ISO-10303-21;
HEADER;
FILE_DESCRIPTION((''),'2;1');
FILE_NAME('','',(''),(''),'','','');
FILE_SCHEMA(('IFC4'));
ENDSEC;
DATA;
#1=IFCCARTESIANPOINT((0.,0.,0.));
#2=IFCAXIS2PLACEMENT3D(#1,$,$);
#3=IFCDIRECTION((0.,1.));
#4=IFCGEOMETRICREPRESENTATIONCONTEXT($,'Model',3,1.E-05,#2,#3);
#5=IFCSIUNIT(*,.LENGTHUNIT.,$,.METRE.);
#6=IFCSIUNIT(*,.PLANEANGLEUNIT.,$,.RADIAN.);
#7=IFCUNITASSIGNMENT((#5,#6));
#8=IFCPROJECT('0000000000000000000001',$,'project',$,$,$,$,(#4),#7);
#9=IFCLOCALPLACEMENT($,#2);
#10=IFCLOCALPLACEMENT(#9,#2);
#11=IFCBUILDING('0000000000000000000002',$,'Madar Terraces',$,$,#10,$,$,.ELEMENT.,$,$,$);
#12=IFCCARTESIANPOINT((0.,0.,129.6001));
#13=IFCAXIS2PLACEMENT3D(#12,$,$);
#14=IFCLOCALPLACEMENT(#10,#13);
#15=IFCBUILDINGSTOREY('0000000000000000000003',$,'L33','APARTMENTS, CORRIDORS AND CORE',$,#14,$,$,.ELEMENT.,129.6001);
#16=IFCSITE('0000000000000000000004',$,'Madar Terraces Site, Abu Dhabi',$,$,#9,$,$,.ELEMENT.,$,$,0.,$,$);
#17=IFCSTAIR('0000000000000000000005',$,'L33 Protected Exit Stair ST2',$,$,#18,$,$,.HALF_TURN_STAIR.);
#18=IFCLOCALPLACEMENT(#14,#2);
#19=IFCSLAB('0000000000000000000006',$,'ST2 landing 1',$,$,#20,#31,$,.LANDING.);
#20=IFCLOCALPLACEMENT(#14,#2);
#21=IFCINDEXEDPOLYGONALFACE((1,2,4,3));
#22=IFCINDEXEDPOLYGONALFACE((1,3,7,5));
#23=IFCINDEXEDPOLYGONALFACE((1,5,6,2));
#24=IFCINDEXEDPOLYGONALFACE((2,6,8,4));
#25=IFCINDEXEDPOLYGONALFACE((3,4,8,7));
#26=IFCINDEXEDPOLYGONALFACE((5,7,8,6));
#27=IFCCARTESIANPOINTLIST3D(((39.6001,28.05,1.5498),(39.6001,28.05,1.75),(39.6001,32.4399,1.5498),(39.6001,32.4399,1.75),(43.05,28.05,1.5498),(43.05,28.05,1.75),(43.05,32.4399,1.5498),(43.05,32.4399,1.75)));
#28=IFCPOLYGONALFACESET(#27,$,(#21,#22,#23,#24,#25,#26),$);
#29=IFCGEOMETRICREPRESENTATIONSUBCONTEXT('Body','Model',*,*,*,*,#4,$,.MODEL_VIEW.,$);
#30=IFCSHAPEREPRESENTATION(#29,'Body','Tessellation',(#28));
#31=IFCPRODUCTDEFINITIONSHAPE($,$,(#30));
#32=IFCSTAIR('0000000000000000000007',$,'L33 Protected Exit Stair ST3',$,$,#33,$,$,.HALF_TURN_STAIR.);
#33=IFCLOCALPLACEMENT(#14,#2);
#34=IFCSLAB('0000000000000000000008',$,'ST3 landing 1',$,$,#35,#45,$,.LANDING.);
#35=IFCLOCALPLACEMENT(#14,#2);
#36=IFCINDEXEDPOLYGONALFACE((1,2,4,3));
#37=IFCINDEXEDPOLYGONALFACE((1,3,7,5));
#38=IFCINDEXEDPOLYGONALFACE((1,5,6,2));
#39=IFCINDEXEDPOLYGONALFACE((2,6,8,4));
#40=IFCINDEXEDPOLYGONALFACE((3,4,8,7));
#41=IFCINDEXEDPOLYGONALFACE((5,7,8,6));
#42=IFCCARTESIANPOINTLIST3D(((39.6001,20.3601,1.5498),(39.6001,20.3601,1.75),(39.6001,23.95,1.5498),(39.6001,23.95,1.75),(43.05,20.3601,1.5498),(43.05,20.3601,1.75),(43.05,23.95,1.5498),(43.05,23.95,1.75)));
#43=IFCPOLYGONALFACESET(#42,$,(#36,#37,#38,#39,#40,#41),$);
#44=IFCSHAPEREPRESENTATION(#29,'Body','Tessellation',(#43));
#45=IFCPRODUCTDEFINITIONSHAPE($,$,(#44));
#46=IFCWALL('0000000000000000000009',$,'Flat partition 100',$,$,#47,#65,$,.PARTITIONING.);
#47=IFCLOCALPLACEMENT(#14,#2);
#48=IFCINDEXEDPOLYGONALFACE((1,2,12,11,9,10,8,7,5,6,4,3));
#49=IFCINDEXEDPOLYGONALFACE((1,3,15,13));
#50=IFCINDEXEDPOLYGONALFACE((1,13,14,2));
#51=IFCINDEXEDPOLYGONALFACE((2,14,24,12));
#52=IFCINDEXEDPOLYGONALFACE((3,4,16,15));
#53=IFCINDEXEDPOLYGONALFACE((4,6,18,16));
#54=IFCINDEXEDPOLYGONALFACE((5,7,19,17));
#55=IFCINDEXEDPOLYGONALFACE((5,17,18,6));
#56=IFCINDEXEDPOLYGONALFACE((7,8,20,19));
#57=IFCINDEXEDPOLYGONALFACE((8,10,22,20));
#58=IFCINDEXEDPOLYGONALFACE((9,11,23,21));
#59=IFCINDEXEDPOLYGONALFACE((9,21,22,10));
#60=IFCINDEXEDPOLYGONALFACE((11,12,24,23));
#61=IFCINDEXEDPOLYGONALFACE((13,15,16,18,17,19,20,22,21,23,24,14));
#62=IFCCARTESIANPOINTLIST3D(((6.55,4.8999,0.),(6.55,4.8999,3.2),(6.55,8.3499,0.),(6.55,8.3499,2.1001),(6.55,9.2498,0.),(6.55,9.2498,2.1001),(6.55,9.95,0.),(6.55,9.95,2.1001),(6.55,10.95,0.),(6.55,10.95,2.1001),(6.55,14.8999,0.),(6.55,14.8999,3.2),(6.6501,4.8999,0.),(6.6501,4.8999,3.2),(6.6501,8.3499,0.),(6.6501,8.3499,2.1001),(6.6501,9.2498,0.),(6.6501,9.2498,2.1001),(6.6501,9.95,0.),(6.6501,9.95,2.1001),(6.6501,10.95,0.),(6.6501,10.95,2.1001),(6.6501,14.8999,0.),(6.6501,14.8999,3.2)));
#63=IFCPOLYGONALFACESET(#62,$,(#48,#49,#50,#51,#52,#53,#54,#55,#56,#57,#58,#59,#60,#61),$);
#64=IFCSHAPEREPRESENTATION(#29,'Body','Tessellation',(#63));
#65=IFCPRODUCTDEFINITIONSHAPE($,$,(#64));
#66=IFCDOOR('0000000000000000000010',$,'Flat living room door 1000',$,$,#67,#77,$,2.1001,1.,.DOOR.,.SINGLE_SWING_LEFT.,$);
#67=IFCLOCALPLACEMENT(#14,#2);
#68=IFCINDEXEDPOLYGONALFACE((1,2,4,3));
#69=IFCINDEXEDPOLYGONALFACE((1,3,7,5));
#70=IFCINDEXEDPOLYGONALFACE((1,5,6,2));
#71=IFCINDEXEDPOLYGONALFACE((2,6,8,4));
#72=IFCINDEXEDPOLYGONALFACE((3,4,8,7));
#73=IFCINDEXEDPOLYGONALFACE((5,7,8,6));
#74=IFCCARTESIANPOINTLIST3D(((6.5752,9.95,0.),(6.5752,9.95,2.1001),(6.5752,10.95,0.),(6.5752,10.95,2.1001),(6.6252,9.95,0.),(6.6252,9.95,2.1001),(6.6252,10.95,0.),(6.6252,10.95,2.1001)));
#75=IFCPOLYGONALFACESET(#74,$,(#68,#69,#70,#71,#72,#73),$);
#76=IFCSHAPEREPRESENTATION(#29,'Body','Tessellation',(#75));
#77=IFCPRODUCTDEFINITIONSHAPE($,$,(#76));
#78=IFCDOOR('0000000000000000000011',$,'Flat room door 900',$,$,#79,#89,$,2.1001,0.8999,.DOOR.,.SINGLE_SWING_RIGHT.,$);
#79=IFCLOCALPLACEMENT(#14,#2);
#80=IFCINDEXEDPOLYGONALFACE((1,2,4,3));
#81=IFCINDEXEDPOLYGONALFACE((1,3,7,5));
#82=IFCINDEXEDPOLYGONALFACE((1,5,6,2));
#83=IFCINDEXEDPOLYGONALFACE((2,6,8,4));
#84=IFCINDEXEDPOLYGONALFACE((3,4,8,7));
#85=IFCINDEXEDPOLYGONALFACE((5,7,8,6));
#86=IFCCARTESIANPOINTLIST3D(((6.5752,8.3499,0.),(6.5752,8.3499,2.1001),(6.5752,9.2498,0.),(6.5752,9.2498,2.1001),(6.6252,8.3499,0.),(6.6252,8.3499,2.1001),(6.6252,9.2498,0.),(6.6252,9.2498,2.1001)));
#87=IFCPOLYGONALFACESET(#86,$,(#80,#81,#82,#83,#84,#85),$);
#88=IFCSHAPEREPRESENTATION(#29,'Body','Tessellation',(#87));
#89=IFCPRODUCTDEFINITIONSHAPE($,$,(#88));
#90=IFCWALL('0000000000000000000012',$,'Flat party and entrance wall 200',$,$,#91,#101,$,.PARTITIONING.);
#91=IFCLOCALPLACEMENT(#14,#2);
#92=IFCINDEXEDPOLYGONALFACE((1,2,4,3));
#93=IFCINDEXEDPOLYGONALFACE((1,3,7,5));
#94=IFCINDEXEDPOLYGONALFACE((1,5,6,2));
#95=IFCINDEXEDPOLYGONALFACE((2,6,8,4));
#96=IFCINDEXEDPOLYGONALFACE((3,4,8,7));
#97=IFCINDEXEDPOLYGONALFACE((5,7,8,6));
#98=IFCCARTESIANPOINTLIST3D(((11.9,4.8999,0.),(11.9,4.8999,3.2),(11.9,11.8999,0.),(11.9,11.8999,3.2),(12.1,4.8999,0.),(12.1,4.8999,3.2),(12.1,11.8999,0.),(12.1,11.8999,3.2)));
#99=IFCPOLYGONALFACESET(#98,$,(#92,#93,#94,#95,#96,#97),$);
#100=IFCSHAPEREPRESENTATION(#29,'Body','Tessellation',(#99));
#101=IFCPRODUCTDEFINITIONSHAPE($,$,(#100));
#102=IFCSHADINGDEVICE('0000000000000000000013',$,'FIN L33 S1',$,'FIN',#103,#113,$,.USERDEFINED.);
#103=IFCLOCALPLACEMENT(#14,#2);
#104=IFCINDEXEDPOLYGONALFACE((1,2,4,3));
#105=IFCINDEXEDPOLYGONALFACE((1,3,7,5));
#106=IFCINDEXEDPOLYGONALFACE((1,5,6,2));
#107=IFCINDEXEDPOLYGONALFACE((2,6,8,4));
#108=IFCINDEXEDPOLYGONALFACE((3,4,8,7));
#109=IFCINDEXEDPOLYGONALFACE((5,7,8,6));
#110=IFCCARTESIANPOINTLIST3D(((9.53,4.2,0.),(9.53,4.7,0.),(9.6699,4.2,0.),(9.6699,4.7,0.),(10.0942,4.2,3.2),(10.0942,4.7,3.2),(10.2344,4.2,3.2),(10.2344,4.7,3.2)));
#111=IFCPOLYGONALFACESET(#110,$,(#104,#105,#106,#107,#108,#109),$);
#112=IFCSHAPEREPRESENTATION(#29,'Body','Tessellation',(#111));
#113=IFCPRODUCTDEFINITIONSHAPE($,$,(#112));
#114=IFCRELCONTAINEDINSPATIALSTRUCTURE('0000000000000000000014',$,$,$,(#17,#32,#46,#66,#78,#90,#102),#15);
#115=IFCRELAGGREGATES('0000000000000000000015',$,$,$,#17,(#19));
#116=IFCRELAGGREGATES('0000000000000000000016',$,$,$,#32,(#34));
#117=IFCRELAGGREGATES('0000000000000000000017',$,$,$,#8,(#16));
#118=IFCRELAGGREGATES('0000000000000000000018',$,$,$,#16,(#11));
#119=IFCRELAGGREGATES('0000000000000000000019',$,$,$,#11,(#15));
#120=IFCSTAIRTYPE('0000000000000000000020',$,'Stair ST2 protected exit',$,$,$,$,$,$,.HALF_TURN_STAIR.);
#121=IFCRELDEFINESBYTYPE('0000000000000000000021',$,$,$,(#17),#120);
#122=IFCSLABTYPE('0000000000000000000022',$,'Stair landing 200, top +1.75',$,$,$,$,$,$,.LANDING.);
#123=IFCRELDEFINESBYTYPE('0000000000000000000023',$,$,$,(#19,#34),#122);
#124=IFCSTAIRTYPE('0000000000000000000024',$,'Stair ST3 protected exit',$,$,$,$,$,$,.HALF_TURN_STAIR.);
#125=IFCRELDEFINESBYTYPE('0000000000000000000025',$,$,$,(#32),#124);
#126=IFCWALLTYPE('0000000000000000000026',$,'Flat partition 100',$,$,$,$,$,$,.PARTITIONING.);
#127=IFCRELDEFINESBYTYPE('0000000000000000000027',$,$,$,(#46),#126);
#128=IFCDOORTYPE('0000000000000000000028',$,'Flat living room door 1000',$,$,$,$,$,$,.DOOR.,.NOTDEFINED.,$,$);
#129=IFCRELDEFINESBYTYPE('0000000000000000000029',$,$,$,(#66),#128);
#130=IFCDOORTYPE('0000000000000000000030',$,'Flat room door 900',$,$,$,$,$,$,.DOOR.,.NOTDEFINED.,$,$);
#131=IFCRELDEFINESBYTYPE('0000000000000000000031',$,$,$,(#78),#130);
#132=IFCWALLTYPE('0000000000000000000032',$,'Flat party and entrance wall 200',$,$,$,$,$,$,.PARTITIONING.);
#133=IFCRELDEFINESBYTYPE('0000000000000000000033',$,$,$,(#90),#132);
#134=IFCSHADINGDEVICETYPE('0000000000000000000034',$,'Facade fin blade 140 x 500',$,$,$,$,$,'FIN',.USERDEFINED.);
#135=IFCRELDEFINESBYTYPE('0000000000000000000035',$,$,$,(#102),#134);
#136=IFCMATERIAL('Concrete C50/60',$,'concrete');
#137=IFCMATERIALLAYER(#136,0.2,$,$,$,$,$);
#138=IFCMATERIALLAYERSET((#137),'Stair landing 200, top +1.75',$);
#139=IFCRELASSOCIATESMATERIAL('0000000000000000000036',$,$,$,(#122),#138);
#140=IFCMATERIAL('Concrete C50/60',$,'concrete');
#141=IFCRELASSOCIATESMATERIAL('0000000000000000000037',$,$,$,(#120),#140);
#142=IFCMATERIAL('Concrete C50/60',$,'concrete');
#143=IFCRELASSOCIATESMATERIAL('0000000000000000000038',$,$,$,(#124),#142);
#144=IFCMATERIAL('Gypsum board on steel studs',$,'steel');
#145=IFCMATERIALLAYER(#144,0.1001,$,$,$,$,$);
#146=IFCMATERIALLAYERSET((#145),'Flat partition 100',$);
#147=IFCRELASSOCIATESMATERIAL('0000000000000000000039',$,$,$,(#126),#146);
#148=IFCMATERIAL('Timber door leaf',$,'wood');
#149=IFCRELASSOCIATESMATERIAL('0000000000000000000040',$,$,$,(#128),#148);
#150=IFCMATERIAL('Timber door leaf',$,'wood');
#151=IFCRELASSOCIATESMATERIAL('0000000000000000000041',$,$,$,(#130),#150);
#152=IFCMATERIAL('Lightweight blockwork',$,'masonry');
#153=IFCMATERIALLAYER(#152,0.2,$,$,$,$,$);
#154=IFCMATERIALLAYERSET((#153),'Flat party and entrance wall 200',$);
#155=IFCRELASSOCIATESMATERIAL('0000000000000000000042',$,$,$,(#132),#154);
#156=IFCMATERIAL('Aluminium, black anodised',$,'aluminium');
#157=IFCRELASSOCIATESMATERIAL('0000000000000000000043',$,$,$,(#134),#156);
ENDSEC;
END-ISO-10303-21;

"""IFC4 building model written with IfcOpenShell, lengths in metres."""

from ifc_helpers import new_model, si_unit, direction, frame, frame_2d, origin, place, context, subcontext, project, spatial, polyline, rectangle, outline, extrude, material, layer, layer_set, type_object, element, fill, aggregate, save


model = new_model("IFC4")

# Units and contexts
model_context = context("Model", 3, precision=1e-05, world=origin(), true_north=direction((0.0, 1.0)))
body_context = subcontext(model_context, "Body", "Model", "MODEL_VIEW")
ifc_project = project(units=[si_unit("LENGTHUNIT", "METRE"), si_unit("PLANEANGLEUNIT", "RADIAN")], contexts=[model_context])

# Site, building, storey
site_placement = place(None, origin())
site = spatial("IfcSite", under=ifc_project, at=site_placement, Name="Madar Terraces Site, Abu Dhabi", CompositionType="ELEMENT", RefElevation=0.0)
building_placement = place(site_placement, origin())
building = spatial("IfcBuilding", under=site, at=building_placement, Name="Madar Terraces", CompositionType="ELEMENT")
storey_placement = place(building_placement, frame((0.0, 0.0, 129.6001)))
storey = spatial("IfcBuildingStorey", under=building, at=storey_placement, Name="L33", Description="APARTMENTS, CORRIDORS AND CORE", CompositionType="ELEMENT", Elevation=129.6001)

# Stairs, slabs
ifc_material_1 = material(Name="Concrete C50/60", Category="concrete")
ifc_layer_1 = layer(ifc_material_1, 0.2)
ifc_layer_set_1 = layer_set([ifc_layer_1], Name="Stair landing 200, top +1.75")
slab_type_1 = type_object("IfcSlabType", Name="Stair landing 200, top +1.75", PredefinedType="LANDING", material=ifc_layer_set_1)
ifc_material_2 = material(Name="Concrete C50/60", Category="concrete")
stair_type_1 = type_object("IfcStairType", Name="Stair ST2 protected exit", PredefinedType="HALF_TURN_STAIR", material=ifc_material_2)
stair_1_placement = place(storey_placement, origin())
stair_1 = element("IfcStair", 1, at=stair_1_placement, inside=storey, type_object=stair_type_1, Name="L33 Protected Exit Stair ST2", PredefinedType="HALF_TURN_STAIR")
slab_1_placement = place(storey_placement, frame((0.0, 0.0, 1.5498)))
slab_1 = element("IfcSlab", 2, at=slab_1_placement, type_object=slab_type_1, Name="ST2 landing 1", PredefinedType="LANDING", context=body_context, shape_type="SweptSolid", body=[
    extrude(outline(polyline([(39.6001, 28.05), (43.05, 28.05), (43.05, 32.4399), (39.6001, 32.4399), (39.6001, 28.05)])), origin(), (0.0, 0.0, 1.0), 0.2002),
])
aggregate(stair_1, [slab_1])
ifc_material_3 = material(Name="Concrete C50/60", Category="concrete")
stair_type_2 = type_object("IfcStairType", Name="Stair ST3 protected exit", PredefinedType="HALF_TURN_STAIR", material=ifc_material_3)
stair_2_placement = place(storey_placement, origin())
stair_2 = element("IfcStair", 3, at=stair_2_placement, inside=storey, type_object=stair_type_2, Name="L33 Protected Exit Stair ST3", PredefinedType="HALF_TURN_STAIR")
slab_2_placement = place(storey_placement, frame((0.0, 0.0, 1.5498)))
slab_2 = element("IfcSlab", 4, at=slab_2_placement, type_object=slab_type_1, Name="ST3 landing 1", PredefinedType="LANDING", context=body_context, shape_type="SweptSolid", body=[
    extrude(outline(polyline([(39.6001, 20.3601), (43.05, 20.3601), (43.05, 23.95), (39.6001, 23.95), (39.6001, 20.3601)])), origin(), (0.0, 0.0, 1.0), 0.2002),
])
aggregate(stair_2, [slab_2])

# Wall, openings, doors
ifc_material_4 = material(Name="Gypsum board on steel studs", Category="steel")
ifc_layer_2 = layer(ifc_material_4, 0.1001)
ifc_layer_set_2 = layer_set([ifc_layer_2], Name="Flat partition 100")
wall_type_1 = type_object("IfcWallType", Name="Flat partition 100", PredefinedType="PARTITIONING", material=ifc_layer_set_2)
wall_1_placement = place(storey_placement, frame((6.6001, 4.8999, 0.0), z_axis=(0.0, 0.0, 1.0), x_axis=(0.0, 1.0, 0.0)))
wall_1 = element("IfcWall", 5, at=wall_1_placement, inside=storey, type_object=wall_type_1, Name="Flat partition 100", PredefinedType="PARTITIONING", context=body_context, shape_type="SweptSolid", body=[
    extrude(rectangle(XDim=10.0, YDim=0.1001, at=frame_2d((5.0, 0.0))), origin(), (0.0, 0.0, 1.0), 3.2),
])
opening_1_placement = place(wall_1_placement, frame((5.05, 0.0, 0.0)))
opening_1 = element("IfcOpeningElement", 6, at=opening_1_placement, cuts=wall_1, PredefinedType="OPENING", context=body_context, shape_type="SweptSolid", body=[
    extrude(rectangle(XDim=1.0, YDim=2.1001, at=frame_2d((0.5, 1.05))), frame((0.0, 0.0601, 0.0), z_axis=(0.0, -1.0, 0.0), x_axis=(1.0, 0.0, 0.0)), (0.0, 0.0, 1.0), 0.1201),
])
opening_2_placement = place(wall_1_placement, frame((3.45, 0.0, 0.0)))
opening_2 = element("IfcOpeningElement", 7, at=opening_2_placement, cuts=wall_1, PredefinedType="OPENING", context=body_context, shape_type="SweptSolid", body=[
    extrude(rectangle(XDim=0.8999, YDim=2.1001, at=frame_2d((0.45, 1.05))), frame((0.0, 0.0601, 0.0), z_axis=(0.0, -1.0, 0.0), x_axis=(1.0, 0.0, 0.0)), (0.0, 0.0, 1.0), 0.1201),
])
ifc_material_5 = material(Name="Timber door leaf", Category="wood")
door_type_1 = type_object("IfcDoorType", Name="Flat living room door 1000", OperationType="NOTDEFINED", PredefinedType="DOOR", material=ifc_material_5)
door_1_placement = place(opening_1_placement, origin())
door_1 = element("IfcDoor", 8, at=door_1_placement, inside=storey, type_object=door_type_1, Name="Flat living room door 1000", OperationType="SINGLE_SWING_LEFT", OverallHeight=2.1001, OverallWidth=1.0, PredefinedType="DOOR", context=body_context, shape_type="SweptSolid", body=[
    extrude(rectangle(XDim=1.0, YDim=2.1001, at=frame_2d((0.5, 1.05))), frame((0.0, 0.0249, 0.0), z_axis=(0.0, -1.0, 0.0), x_axis=(1.0, 0.0, 0.0)), (0.0, 0.0, 1.0), 0.05),
])
fill(opening_1, door_1)
ifc_material_6 = material(Name="Timber door leaf", Category="wood")
door_type_2 = type_object("IfcDoorType", Name="Flat room door 900", OperationType="NOTDEFINED", PredefinedType="DOOR", material=ifc_material_6)
door_2_placement = place(opening_2_placement, origin())
door_2 = element("IfcDoor", 9, at=door_2_placement, inside=storey, type_object=door_type_2, Name="Flat room door 900", OperationType="SINGLE_SWING_RIGHT", OverallHeight=2.1001, OverallWidth=0.8999, PredefinedType="DOOR", context=body_context, shape_type="SweptSolid", body=[
    extrude(rectangle(XDim=0.8999, YDim=2.1001, at=frame_2d((0.45, 1.05))), frame((0.0, 0.0249, 0.0), z_axis=(0.0, -1.0, 0.0), x_axis=(1.0, 0.0, 0.0)), (0.0, 0.0, 1.0), 0.05),
])
fill(opening_2, door_2)

# Wall
ifc_material_7 = material(Name="Lightweight blockwork", Category="masonry")
ifc_layer_3 = layer(ifc_material_7, 0.2)
ifc_layer_set_3 = layer_set([ifc_layer_3], Name="Flat party and entrance wall 200")
wall_type_2 = type_object("IfcWallType", Name="Flat party and entrance wall 200", PredefinedType="PARTITIONING", material=ifc_layer_set_3)
wall_2_placement = place(storey_placement, frame((12.0, 4.8999, 0.0), z_axis=(0.0, 0.0, 1.0), x_axis=(0.0, 1.0, 0.0)))
element("IfcWall", 10, at=wall_2_placement, inside=storey, type_object=wall_type_2, Name="Flat party and entrance wall 200", PredefinedType="PARTITIONING", context=body_context, shape_type="SweptSolid", body=[
    extrude(rectangle(XDim=7.0, YDim=0.2, at=frame_2d((3.5, 0.0))), origin(), (0.0, 0.0, 1.0), 3.2),
])

# Shading device
ifc_material_8 = material(Name="Aluminium, black anodised", Category="aluminium")
shading_device_type = type_object("IfcShadingDeviceType", Name="Facade fin blade 140 x 500", ElementType="FIN", PredefinedType="USERDEFINED", material=ifc_material_8)
shading_device_placement = place(storey_placement, frame((9.53, 4.45, 0.0), z_axis=(0.0, 0.0, 1.0), x_axis=(1.0, 0.0, 0.0)))
element("IfcShadingDevice", 11, at=shading_device_placement, inside=storey, type_object=shading_device_type, Name="FIN L33 S1", ObjectType="FIN", PredefinedType="USERDEFINED", context=body_context, shape_type="SweptSolid", body=[
    extrude(outline(polyline([(0.0, 0.0), (0.1399, 0.0), (0.7043, 3.2), (0.5642, 3.2), (0.0, 0.0)])), frame((0.0, 0.25, 0.0), z_axis=(0.0, -1.0, 0.0), x_axis=(1.0, 0.0, 0.0)), (0.0, 0.0, 1.0), 0.5),
])

save(model, "model.ifc")
